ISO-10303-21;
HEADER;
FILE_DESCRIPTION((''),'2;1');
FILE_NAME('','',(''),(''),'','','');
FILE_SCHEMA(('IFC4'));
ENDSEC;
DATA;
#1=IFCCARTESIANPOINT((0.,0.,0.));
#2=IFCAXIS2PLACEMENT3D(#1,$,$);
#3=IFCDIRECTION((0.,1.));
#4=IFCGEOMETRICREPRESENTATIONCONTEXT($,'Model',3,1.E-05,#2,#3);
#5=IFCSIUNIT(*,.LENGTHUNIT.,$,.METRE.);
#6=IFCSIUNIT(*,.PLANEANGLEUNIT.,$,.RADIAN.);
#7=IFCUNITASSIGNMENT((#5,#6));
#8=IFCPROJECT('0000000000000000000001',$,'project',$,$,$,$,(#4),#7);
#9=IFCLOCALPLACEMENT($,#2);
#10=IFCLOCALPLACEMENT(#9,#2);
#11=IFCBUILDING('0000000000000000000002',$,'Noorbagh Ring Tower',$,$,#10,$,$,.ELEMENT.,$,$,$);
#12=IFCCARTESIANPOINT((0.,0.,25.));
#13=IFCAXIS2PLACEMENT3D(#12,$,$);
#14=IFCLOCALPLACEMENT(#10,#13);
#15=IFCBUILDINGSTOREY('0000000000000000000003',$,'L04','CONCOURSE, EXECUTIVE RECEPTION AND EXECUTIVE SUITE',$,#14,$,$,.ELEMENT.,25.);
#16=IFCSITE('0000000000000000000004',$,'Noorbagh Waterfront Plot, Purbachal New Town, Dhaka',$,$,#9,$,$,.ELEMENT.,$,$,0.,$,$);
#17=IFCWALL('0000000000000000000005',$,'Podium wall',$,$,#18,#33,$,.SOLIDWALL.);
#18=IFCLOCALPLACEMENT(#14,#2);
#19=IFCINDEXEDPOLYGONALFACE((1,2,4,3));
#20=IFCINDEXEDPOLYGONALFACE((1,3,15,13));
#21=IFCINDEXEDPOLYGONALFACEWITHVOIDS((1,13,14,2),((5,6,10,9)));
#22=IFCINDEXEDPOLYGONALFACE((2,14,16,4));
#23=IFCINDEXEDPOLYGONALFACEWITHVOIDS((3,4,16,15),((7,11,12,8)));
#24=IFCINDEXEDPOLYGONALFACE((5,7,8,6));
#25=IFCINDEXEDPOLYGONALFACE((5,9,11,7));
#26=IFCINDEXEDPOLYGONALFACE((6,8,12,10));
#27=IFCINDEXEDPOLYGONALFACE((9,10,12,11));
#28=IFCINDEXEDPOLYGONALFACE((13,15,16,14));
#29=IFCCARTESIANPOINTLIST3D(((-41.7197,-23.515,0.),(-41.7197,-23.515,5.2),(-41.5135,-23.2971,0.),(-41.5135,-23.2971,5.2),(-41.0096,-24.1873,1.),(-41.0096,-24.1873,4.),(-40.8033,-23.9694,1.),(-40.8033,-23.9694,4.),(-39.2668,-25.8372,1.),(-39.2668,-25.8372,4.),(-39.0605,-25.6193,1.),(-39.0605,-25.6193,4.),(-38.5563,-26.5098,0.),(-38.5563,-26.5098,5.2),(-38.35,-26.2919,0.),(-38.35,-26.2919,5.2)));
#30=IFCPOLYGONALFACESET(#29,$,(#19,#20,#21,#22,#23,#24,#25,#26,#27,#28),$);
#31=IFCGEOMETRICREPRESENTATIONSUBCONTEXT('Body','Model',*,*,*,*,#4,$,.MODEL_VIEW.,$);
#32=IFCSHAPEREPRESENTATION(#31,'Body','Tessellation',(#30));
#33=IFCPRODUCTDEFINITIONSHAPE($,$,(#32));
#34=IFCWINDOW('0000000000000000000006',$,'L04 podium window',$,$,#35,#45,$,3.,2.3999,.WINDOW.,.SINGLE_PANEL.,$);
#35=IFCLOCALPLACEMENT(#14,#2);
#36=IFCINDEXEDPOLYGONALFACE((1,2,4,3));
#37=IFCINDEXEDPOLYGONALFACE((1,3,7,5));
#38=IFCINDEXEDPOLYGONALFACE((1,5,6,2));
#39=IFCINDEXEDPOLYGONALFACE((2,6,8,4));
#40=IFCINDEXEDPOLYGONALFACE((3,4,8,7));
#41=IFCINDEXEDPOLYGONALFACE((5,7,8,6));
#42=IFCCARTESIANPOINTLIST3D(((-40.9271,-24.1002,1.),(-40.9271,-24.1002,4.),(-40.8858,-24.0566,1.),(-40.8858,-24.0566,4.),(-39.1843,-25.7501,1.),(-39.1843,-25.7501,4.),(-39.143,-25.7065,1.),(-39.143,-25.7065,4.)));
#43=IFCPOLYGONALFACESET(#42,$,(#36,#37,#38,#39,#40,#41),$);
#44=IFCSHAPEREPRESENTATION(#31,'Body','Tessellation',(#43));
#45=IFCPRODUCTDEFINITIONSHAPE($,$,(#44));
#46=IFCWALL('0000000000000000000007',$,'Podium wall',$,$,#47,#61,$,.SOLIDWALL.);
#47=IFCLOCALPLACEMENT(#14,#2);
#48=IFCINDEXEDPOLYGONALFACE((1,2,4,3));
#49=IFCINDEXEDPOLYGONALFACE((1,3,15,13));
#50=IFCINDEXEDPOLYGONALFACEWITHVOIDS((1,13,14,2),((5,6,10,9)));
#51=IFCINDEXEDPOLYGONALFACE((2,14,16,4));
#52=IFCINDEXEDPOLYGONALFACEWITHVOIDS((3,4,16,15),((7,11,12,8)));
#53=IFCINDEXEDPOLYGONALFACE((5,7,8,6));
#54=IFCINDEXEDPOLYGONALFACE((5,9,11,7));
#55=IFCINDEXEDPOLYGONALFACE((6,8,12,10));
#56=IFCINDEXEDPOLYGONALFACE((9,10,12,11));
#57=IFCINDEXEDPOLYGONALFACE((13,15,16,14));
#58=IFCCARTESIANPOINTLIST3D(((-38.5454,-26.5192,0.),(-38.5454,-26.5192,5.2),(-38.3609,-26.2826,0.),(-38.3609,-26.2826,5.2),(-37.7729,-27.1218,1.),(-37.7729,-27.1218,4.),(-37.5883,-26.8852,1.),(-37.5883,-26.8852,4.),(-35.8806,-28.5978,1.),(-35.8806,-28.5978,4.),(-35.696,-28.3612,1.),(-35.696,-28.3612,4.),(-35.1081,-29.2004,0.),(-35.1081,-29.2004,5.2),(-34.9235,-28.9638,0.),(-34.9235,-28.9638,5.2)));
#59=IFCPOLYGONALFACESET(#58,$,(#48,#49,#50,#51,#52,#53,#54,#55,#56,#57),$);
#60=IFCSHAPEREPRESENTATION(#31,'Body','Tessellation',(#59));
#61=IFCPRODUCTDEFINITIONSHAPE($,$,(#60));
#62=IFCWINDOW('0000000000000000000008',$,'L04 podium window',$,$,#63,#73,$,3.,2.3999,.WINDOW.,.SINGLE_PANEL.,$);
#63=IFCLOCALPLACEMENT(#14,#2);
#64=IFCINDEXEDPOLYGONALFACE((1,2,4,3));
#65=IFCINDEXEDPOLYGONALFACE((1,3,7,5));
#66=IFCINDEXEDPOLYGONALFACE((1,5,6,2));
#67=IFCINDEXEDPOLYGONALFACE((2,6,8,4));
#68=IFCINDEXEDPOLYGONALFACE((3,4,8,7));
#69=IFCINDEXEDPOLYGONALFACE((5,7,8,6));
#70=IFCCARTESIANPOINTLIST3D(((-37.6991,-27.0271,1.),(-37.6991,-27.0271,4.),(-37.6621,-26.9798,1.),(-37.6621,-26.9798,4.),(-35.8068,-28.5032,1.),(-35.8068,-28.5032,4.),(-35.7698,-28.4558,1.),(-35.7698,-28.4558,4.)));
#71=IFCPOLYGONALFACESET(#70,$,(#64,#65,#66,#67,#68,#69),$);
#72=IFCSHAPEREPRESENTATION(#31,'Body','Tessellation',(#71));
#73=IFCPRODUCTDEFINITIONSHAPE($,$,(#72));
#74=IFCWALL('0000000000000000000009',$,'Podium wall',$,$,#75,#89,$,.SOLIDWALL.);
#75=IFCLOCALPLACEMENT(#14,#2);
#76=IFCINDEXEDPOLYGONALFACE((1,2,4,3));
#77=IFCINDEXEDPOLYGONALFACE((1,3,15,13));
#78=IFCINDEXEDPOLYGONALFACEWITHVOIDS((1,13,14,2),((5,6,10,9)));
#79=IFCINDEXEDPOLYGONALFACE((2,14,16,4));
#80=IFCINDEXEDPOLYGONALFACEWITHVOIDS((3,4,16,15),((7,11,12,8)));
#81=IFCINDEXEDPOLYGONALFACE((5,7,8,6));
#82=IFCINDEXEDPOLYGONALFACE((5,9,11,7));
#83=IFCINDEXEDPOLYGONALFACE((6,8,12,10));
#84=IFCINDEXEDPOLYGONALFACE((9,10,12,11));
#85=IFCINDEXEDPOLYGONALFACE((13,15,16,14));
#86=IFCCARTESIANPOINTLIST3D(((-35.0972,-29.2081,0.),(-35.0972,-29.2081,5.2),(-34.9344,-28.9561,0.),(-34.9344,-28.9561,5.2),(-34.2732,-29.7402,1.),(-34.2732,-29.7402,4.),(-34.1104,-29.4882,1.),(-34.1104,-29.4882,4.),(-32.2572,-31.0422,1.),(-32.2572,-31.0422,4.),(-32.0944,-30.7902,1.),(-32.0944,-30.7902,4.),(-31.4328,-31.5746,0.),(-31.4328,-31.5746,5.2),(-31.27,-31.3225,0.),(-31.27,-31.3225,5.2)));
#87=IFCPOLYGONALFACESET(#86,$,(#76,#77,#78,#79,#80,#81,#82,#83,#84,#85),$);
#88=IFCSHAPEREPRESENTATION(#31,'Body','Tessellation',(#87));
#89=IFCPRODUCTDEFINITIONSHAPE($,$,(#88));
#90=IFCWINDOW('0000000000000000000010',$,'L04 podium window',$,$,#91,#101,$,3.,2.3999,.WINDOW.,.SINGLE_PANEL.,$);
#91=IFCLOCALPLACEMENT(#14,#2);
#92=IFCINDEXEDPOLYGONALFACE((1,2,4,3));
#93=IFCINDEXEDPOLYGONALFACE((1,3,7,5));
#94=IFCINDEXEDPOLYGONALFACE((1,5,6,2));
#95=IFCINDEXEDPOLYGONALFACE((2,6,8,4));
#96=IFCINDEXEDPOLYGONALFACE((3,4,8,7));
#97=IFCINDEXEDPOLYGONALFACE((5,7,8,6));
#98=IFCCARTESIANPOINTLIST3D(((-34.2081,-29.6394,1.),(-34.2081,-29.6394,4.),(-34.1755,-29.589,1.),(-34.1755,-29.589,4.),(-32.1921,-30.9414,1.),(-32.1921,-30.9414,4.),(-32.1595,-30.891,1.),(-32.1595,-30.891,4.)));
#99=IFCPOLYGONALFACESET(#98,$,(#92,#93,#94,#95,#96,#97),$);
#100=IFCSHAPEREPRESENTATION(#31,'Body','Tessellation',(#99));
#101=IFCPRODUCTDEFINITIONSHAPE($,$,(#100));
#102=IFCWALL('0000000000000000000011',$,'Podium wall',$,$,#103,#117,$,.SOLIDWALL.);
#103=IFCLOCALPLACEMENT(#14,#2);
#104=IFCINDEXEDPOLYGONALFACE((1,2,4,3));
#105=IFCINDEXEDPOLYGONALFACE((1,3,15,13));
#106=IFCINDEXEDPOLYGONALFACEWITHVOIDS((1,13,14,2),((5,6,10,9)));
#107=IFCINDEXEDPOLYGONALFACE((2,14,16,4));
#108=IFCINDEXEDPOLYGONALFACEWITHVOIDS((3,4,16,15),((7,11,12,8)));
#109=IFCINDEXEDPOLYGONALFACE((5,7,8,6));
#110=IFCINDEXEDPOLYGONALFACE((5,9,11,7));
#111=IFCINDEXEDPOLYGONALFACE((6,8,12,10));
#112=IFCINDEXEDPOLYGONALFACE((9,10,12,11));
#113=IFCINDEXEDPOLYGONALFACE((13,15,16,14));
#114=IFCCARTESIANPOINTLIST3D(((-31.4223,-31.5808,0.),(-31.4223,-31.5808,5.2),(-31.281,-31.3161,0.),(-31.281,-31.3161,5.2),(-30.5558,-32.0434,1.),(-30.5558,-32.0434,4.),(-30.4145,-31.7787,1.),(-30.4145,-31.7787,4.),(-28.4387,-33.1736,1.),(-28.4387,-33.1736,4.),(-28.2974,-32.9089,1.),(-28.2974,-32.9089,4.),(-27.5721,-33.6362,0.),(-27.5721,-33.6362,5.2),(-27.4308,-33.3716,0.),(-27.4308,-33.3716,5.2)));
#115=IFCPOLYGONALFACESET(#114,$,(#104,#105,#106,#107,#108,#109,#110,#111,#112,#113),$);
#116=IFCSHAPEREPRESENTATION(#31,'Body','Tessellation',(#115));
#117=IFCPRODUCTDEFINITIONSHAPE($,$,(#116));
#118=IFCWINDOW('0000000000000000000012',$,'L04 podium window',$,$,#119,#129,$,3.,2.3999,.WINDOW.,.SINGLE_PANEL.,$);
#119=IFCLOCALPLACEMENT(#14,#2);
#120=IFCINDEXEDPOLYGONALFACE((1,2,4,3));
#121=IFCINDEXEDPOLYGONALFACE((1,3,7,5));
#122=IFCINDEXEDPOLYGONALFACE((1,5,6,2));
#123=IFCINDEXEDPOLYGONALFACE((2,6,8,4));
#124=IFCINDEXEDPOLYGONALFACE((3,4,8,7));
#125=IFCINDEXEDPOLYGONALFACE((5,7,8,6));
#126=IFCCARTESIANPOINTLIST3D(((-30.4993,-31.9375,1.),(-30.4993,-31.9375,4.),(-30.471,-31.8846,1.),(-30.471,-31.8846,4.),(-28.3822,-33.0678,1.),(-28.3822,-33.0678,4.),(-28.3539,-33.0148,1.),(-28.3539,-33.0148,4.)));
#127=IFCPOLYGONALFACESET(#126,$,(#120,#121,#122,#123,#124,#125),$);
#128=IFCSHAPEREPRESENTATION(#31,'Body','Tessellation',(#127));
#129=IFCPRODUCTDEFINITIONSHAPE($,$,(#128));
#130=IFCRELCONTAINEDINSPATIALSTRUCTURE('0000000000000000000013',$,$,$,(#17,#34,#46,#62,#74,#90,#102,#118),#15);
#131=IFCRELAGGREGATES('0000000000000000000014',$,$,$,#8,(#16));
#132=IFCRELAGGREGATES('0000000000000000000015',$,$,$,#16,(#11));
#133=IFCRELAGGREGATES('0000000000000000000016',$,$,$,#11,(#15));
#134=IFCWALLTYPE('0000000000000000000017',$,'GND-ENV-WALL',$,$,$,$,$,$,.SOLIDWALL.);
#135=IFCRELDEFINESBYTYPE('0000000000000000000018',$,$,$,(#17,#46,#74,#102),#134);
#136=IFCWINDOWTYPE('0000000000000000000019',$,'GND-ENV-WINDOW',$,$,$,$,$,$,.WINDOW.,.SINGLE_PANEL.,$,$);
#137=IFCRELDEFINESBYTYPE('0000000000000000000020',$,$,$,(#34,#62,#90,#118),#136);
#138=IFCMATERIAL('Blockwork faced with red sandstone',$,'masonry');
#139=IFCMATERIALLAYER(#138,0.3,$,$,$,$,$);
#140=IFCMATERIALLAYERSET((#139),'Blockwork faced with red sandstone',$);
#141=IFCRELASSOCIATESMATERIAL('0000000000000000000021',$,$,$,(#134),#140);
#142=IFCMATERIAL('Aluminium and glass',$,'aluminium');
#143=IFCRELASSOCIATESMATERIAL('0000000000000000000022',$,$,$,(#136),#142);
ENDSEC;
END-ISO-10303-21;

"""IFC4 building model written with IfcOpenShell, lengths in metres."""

from ifc_helpers import new_model, si_unit, direction, frame, frame_2d, origin, place, context, subcontext, project, spatial, rectangle, extrude, material, layer, layer_set, type_object, element, fill, save


model = new_model("IFC4")

# Units and contexts
model_context = context("Model", 3, precision=1e-05, world=origin(), true_north=direction((0.0, 1.0)))
body_context = subcontext(model_context, "Body", "Model", "MODEL_VIEW")
ifc_project = project(units=[si_unit("LENGTHUNIT", "METRE"), si_unit("PLANEANGLEUNIT", "RADIAN")], contexts=[model_context])

# Site, building, storey
site_placement = place(None, origin())
site = spatial("IfcSite", under=ifc_project, at=site_placement, Name="Noorbagh Waterfront Plot, Purbachal New Town, Dhaka", CompositionType="ELEMENT", RefElevation=0.0)
building_placement = place(site_placement, origin())
building = spatial("IfcBuilding", under=site, at=building_placement, Name="Noorbagh Ring Tower", CompositionType="ELEMENT")
storey_placement = place(building_placement, frame((0.0, 0.0, 25.0)))
storey = spatial("IfcBuildingStorey", under=building, at=storey_placement, Name="L04", Description="CONCOURSE, EXECUTIVE RECEPTION AND EXECUTIVE SUITE", CompositionType="ELEMENT", Elevation=25.0)

# Walls, openings, windows
ifc_material_1 = material(Name="Blockwork faced with red sandstone", Category="masonry")
ifc_layer_1 = layer(ifc_material_1, 0.3)
ifc_layer_set_1 = layer_set([ifc_layer_1], Name="Blockwork faced with red sandstone")
wall_type = type_object("IfcWallType", Name="GND-ENV-WALL", PredefinedType="SOLIDWALL", material=ifc_layer_set_1)
ifc_material_2 = material(Name="Aluminium and glass", Category="aluminium")
window_type = type_object("IfcWindowType", Name="GND-ENV-WINDOW", PartitioningType="SINGLE_PANEL", PredefinedType="WINDOW", material=ifc_material_2)
wall_1_placement = place(storey_placement, frame((-41.6167, -23.406, 0.0), z_axis=(0.0, 0.0, 1.0), x_axis=(0.726204, -0.687479, 0.0)))
wall_1 = element("IfcWall", 1, at=wall_1_placement, inside=storey, type_object=wall_type, Name="Podium wall", PredefinedType="SOLIDWALL", context=body_context, shape_type="SweptSolid", body=[
    extrude(rectangle(XDim=4.3562, YDim=0.3, at=frame_2d((2.1782, 0.0))), origin(), (0.0, 0.0, 1.0), 5.2),
])
opening_1_placement = place(wall_1_placement, frame((0.978, 0.0, 1.0)))
opening_1 = element("IfcOpeningElement", 2, at=opening_1_placement, cuts=wall_1, PredefinedType="OPENING", context=body_context, shape_type="SweptSolid", body=[
    extrude(rectangle(XDim=2.3999, YDim=3.0, at=frame_2d((1.2, 1.5))), frame((0.0, 0.1602, 0.0), z_axis=(0.0, -1.0, 0.0), x_axis=(1.0, 0.0, 0.0)), (0.0, 0.0, 1.0), 0.3201),
])
window_1_placement = place(opening_1_placement, origin())
window_1 = element("IfcWindow", 3, at=window_1_placement, inside=storey, type_object=window_type, Name="L04 podium window", OverallHeight=3.0, OverallWidth=2.3999, PartitioningType="SINGLE_PANEL", PredefinedType="WINDOW", context=body_context, shape_type="SweptSolid", body=[
    extrude(rectangle(XDim=2.3999, YDim=3.0, at=frame_2d((1.2, 1.5))), frame((0.0, 0.03, 0.0), z_axis=(0.0, -1.0, 0.0), x_axis=(1.0, 0.0, 0.0)), (0.0, 0.0, 1.0), 0.0601),
])
fill(opening_1, window_1)
wall_2_placement = place(storey_placement, frame((-38.4531, -26.4009, 0.0), z_axis=(0.0, 0.0, 1.0), x_axis=(0.788492, -0.615045, 0.0)))
wall_2 = element("IfcWall", 4, at=wall_2_placement, inside=storey, type_object=wall_type, Name="Podium wall", PredefinedType="SOLIDWALL", context=body_context, shape_type="SweptSolid", body=[
    extrude(rectangle(XDim=4.3594, YDim=0.3, at=frame_2d((2.1797, 0.0))), origin(), (0.0, 0.0, 1.0), 5.2),
])
opening_2_placement = place(wall_2_placement, frame((0.9797, 0.0, 1.0)))
opening_2 = element("IfcOpeningElement", 5, at=opening_2_placement, cuts=wall_2, PredefinedType="OPENING", context=body_context, shape_type="SweptSolid", body=[
    extrude(rectangle(XDim=2.3999, YDim=3.0, at=frame_2d((1.2, 1.5))), frame((0.0, 0.1602, 0.0), z_axis=(0.0, -1.0, 0.0), x_axis=(1.0, 0.0, 0.0)), (0.0, 0.0, 1.0), 0.3201),
])
window_2_placement = place(opening_2_placement, origin())
window_2 = element("IfcWindow", 6, at=window_2_placement, inside=storey, type_object=window_type, Name="L04 podium window", OverallHeight=3.0, OverallWidth=2.3999, PartitioningType="SINGLE_PANEL", PredefinedType="WINDOW", context=body_context, shape_type="SweptSolid", body=[
    extrude(rectangle(XDim=2.3999, YDim=3.0, at=frame_2d((1.2, 1.5))), frame((0.0, 0.03, 0.0), z_axis=(0.0, -1.0, 0.0), x_axis=(1.0, 0.0, 0.0)), (0.0, 0.0, 1.0), 0.0601),
])
fill(opening_2, window_2)
wall_3_placement = place(storey_placement, frame((-35.0159, -29.082, 0.0), z_axis=(0.0, 0.0, 1.0), x_axis=(0.840047, -0.542513, 0.0)))
wall_3 = element("IfcWall", 7, at=wall_3_placement, inside=storey, type_object=wall_type, Name="Podium wall", PredefinedType="SOLIDWALL", context=body_context, shape_type="SweptSolid", body=[
    extrude(rectangle(XDim=4.3621, YDim=0.3, at=frame_2d((2.1812, 0.0))), origin(), (0.0, 0.0, 1.0), 5.2),
])
opening_3_placement = place(wall_3_placement, frame((0.981, 0.0, 1.0)))
opening_3 = element("IfcOpeningElement", 8, at=opening_3_placement, cuts=wall_3, PredefinedType="OPENING", context=body_context, shape_type="SweptSolid", body=[
    extrude(rectangle(XDim=2.3999, YDim=3.0, at=frame_2d((1.2, 1.5))), frame((0.0, 0.1602, 0.0), z_axis=(0.0, -1.0, 0.0), x_axis=(1.0, 0.0, 0.0)), (0.0, 0.0, 1.0), 0.3201),
])
window_3_placement = place(opening_3_placement, origin())
window_3 = element("IfcWindow", 9, at=window_3_placement, inside=storey, type_object=window_type, Name="L04 podium window", OverallHeight=3.0, OverallWidth=2.3999, PartitioningType="SINGLE_PANEL", PredefinedType="WINDOW", context=body_context, shape_type="SweptSolid", body=[
    extrude(rectangle(XDim=2.3999, YDim=3.0, at=frame_2d((1.2, 1.5))), frame((0.0, 0.03, 0.0), z_axis=(0.0, -1.0, 0.0), x_axis=(1.0, 0.0, 0.0)), (0.0, 0.0, 1.0), 0.0601),
])
fill(opening_3, window_3)
wall_4_placement = place(storey_placement, frame((-31.3516, -31.4485, 0.0), z_axis=(0.0, 0.0, 1.0), x_axis=(0.882159, -0.470951, 0.0)))
wall_4 = element("IfcWall", 10, at=wall_4_placement, inside=storey, type_object=wall_type, Name="Podium wall", PredefinedType="SOLIDWALL", context=body_context, shape_type="SweptSolid", body=[
    extrude(rectangle(XDim=4.3645, YDim=0.3, at=frame_2d((2.1821, 0.0))), origin(), (0.0, 0.0, 1.0), 5.2),
])
opening_4_placement = place(wall_4_placement, frame((0.9822, 0.0, 1.0)))
opening_4 = element("IfcOpeningElement", 11, at=opening_4_placement, cuts=wall_4, PredefinedType="OPENING", context=body_context, shape_type="SweptSolid", body=[
    extrude(rectangle(XDim=2.3999, YDim=3.0, at=frame_2d((1.2, 1.5))), frame((0.0, 0.1602, 0.0), z_axis=(0.0, -1.0, 0.0), x_axis=(1.0, 0.0, 0.0)), (0.0, 0.0, 1.0), 0.3201),
])
window_4_placement = place(opening_4_placement, origin())
window_4 = element("IfcWindow", 12, at=window_4_placement, inside=storey, type_object=window_type, Name="L04 podium window", OverallHeight=3.0, OverallWidth=2.3999, PartitioningType="SINGLE_PANEL", PredefinedType="WINDOW", context=body_context, shape_type="SweptSolid", body=[
    extrude(rectangle(XDim=2.3999, YDim=3.0, at=frame_2d((1.2, 1.5))), frame((0.0, 0.03, 0.0), z_axis=(0.0, -1.0, 0.0), x_axis=(1.0, 0.0, 0.0)), (0.0, 0.0, 1.0), 0.0601),
])
fill(opening_4, window_4)

save(model, "model.ifc")
